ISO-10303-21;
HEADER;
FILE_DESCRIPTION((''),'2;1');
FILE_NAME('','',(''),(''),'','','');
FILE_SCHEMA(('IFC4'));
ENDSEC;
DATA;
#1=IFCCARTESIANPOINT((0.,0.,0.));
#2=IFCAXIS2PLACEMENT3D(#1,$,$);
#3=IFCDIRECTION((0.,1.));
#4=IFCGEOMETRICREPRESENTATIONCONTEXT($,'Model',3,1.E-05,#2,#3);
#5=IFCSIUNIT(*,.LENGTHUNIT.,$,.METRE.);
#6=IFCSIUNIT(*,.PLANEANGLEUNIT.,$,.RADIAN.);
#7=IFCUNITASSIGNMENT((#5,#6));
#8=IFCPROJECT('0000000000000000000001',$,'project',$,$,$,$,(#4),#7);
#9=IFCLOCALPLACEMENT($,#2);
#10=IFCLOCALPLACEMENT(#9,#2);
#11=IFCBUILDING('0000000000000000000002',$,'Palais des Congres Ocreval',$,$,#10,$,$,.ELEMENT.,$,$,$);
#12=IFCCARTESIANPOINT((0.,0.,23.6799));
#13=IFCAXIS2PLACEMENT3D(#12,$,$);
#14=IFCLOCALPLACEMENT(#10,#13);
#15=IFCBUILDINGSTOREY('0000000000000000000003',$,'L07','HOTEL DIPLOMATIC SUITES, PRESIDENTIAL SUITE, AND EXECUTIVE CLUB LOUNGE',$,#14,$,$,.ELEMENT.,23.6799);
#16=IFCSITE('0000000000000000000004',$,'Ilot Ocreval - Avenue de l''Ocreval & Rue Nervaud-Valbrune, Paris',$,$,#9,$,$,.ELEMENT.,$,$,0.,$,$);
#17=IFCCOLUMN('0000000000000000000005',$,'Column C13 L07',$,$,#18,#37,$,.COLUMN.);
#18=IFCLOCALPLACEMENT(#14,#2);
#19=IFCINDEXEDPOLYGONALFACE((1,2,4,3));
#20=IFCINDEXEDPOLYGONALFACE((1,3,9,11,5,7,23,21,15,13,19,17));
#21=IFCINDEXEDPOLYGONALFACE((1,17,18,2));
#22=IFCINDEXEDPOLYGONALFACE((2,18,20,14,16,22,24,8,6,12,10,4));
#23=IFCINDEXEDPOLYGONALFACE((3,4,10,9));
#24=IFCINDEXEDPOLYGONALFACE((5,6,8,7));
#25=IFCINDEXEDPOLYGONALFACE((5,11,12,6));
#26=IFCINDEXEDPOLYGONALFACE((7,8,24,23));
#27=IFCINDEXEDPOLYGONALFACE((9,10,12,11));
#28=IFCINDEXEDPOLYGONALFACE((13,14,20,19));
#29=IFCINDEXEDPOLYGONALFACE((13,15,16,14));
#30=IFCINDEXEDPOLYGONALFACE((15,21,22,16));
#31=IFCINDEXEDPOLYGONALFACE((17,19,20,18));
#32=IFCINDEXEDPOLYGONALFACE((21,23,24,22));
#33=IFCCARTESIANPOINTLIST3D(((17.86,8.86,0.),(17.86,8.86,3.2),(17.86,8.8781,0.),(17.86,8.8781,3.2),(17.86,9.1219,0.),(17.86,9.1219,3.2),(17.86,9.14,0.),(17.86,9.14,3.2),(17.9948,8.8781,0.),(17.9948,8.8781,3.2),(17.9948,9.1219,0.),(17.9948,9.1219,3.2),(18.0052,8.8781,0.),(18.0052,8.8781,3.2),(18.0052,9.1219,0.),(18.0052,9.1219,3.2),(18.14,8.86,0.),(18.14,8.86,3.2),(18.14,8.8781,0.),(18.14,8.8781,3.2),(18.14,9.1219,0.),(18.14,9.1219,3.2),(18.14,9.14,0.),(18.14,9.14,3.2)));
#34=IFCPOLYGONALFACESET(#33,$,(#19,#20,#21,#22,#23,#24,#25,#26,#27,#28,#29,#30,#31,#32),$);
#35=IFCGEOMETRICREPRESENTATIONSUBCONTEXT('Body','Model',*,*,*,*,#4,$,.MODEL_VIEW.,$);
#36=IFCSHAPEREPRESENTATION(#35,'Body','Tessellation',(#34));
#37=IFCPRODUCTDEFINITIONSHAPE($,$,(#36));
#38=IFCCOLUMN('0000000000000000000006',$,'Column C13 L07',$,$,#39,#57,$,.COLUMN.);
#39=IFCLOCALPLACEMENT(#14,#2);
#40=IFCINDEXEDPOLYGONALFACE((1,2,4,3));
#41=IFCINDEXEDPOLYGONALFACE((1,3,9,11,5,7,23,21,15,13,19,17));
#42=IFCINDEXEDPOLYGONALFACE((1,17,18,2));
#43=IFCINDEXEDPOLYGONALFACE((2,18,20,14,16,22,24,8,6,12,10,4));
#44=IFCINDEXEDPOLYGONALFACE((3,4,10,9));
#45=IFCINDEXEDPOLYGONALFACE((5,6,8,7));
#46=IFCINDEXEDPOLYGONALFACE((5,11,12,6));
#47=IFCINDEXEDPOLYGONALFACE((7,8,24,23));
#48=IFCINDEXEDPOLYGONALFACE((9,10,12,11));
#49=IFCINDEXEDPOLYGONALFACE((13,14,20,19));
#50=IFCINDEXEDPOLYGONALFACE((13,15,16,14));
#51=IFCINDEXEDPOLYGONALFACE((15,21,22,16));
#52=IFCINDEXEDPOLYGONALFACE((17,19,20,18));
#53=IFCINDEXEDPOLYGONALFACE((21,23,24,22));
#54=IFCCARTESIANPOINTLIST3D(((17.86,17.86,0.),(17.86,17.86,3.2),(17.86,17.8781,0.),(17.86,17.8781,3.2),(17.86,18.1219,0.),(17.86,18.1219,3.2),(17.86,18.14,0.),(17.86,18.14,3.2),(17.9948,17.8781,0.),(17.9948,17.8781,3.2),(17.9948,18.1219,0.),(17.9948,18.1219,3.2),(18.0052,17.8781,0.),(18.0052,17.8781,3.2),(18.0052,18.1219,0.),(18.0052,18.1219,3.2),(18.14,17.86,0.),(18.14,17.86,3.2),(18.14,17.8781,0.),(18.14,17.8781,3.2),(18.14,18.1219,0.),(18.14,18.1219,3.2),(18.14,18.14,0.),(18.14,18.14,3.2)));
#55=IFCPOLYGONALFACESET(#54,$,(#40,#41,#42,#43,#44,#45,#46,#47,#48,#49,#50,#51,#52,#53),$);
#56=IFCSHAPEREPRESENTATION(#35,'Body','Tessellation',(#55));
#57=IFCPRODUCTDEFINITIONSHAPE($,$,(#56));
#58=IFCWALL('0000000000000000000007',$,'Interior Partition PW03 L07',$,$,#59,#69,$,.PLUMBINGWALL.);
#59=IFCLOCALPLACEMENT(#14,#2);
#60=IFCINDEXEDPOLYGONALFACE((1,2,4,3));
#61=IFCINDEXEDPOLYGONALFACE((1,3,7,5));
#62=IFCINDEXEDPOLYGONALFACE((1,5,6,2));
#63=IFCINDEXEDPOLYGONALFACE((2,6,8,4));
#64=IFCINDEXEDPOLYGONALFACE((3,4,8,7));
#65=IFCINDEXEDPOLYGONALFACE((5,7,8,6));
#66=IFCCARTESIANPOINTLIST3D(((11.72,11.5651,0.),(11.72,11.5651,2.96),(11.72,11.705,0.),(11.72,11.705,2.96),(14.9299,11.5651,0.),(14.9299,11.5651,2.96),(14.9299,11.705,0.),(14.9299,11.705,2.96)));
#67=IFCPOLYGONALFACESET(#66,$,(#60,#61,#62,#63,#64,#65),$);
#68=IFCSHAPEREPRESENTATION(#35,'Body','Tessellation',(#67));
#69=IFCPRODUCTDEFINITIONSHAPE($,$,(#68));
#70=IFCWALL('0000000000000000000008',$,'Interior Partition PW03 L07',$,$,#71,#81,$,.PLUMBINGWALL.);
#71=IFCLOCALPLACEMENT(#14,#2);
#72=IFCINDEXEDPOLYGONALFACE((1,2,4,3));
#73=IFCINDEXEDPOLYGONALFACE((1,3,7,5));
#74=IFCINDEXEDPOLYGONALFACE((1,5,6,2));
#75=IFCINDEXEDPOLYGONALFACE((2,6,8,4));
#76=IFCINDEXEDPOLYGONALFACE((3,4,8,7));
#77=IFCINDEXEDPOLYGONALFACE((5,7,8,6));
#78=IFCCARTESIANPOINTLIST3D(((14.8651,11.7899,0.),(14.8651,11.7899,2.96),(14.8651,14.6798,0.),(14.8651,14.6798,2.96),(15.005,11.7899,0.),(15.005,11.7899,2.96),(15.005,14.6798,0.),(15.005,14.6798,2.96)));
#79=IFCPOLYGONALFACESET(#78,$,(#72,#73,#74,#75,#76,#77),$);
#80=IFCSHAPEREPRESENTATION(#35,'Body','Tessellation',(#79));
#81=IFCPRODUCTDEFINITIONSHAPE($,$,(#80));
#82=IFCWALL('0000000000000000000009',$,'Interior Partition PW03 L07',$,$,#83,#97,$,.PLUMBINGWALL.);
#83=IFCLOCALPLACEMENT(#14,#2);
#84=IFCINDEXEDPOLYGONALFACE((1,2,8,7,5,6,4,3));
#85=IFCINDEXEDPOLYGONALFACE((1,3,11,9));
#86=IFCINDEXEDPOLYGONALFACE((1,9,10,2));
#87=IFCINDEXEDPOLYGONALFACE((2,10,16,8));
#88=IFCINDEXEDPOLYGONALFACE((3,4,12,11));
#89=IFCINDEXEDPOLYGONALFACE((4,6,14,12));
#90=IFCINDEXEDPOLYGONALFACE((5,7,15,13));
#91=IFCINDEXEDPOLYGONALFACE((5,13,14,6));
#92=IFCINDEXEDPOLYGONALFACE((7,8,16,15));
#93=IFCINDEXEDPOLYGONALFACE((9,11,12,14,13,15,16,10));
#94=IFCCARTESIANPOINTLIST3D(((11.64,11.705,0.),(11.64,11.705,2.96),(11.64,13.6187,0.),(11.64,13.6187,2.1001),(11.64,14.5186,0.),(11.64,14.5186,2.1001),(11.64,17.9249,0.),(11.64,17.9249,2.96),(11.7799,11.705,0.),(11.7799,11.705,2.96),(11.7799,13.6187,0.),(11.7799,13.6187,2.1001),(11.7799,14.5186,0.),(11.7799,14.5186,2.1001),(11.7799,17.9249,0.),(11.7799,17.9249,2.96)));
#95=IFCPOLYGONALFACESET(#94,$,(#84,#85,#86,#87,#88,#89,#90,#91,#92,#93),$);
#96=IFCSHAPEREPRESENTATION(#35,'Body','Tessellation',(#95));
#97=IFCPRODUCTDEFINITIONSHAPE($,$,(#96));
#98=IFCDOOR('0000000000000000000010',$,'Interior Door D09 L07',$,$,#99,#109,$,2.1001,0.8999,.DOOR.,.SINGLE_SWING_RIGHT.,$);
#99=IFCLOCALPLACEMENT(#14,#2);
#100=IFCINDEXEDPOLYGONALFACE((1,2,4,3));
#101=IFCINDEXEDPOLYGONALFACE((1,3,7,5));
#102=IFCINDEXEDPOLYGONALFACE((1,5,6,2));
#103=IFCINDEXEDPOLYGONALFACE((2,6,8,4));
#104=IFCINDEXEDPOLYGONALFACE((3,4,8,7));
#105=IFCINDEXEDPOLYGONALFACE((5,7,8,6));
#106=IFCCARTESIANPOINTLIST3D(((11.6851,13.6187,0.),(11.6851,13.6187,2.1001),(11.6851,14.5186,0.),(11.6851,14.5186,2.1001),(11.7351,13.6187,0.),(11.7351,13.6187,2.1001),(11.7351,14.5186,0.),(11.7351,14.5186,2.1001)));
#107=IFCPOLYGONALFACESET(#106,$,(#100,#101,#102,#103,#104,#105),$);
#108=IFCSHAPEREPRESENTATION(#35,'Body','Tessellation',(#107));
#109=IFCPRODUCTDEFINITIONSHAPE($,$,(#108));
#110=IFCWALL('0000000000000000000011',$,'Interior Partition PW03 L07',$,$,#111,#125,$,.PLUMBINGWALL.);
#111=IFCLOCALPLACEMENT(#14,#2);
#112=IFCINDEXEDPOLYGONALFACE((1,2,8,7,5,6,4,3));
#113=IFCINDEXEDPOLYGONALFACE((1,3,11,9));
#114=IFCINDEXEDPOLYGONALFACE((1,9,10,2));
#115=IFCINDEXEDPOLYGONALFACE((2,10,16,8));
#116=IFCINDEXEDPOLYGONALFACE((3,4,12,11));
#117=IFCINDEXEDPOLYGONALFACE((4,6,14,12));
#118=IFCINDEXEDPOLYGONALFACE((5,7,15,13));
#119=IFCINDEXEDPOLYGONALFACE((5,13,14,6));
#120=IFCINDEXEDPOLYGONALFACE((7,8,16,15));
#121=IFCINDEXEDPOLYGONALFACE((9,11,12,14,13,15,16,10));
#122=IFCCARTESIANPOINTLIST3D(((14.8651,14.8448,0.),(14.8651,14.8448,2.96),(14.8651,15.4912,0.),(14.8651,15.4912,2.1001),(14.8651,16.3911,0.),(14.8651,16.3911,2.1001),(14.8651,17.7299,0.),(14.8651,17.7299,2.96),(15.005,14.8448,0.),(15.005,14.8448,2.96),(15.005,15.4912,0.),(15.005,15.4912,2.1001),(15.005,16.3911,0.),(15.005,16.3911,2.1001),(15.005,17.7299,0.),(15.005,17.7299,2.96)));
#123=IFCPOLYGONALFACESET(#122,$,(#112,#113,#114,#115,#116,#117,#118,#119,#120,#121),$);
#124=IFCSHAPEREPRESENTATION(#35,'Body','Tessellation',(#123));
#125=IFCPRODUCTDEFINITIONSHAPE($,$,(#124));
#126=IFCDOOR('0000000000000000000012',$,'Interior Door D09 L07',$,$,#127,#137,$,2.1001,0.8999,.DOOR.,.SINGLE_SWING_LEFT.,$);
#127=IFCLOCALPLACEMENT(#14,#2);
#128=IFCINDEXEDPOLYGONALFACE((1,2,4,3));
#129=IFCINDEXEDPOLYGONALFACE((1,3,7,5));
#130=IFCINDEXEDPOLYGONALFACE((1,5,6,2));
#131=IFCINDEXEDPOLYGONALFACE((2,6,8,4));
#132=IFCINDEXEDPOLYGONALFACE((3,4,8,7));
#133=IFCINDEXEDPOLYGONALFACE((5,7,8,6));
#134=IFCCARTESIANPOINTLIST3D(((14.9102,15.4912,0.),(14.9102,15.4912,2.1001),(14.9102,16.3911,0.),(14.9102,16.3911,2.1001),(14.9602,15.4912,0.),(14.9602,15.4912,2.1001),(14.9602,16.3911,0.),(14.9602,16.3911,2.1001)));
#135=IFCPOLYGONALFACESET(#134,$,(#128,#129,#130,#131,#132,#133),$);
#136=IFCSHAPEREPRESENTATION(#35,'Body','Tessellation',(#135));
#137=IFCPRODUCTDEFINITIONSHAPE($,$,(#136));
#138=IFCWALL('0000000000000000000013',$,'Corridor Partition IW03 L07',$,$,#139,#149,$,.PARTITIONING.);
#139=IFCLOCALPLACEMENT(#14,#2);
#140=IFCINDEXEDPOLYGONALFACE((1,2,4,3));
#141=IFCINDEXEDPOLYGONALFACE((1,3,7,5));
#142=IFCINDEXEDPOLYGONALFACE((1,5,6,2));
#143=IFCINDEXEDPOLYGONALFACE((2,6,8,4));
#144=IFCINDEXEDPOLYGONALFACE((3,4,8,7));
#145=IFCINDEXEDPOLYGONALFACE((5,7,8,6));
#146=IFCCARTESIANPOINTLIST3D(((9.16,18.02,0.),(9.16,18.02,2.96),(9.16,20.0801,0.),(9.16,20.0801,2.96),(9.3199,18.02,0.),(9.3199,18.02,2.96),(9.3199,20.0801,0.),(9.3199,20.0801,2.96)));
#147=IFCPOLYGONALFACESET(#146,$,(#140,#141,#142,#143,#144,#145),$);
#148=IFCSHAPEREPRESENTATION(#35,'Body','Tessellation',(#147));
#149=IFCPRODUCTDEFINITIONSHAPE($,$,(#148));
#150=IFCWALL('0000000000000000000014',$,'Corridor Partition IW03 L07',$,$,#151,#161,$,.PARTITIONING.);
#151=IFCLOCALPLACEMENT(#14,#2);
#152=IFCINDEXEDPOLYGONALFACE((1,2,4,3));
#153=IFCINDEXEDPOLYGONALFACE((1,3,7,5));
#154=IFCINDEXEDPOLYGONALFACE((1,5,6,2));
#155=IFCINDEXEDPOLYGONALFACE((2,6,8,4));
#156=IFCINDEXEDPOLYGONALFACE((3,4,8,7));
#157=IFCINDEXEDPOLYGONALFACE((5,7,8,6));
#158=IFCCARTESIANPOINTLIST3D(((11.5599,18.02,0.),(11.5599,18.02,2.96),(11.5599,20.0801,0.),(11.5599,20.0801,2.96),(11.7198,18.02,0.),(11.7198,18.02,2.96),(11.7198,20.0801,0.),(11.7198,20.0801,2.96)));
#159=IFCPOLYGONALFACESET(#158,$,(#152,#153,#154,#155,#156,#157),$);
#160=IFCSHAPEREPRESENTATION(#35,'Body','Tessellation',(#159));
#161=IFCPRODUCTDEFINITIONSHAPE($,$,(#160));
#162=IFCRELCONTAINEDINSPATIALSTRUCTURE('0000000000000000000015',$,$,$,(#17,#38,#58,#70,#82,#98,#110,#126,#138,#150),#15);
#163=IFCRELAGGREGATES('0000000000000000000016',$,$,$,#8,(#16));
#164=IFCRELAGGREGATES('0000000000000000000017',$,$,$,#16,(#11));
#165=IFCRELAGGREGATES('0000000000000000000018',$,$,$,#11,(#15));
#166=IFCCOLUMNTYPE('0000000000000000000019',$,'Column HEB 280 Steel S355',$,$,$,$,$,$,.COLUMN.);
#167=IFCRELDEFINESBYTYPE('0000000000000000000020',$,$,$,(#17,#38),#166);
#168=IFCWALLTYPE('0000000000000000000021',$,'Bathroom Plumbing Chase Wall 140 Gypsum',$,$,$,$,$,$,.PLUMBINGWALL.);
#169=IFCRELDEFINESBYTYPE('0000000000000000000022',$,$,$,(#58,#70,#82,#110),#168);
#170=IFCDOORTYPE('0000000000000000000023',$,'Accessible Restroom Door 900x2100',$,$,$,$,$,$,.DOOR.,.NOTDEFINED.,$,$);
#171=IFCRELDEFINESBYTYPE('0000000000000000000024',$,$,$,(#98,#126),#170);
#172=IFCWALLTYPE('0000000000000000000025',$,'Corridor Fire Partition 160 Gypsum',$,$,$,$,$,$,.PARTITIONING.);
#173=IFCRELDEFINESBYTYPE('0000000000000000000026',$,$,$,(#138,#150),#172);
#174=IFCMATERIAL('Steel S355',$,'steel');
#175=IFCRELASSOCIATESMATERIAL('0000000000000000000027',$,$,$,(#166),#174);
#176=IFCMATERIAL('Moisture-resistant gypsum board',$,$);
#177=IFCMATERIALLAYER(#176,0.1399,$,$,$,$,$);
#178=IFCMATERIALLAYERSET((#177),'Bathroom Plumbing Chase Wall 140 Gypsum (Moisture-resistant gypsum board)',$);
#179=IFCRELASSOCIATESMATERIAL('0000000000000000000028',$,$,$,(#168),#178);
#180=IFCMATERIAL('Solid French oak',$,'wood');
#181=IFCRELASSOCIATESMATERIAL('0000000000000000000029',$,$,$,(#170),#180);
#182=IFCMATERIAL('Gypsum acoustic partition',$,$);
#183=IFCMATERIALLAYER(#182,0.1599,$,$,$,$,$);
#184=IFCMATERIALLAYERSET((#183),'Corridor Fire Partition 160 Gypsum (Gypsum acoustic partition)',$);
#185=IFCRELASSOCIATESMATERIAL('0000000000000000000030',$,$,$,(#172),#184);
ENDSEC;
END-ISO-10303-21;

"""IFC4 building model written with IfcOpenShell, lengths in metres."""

from ifc_helpers import new_model, si_unit, direction, frame, frame_2d, origin, origin_2d, place, context, subcontext, project, spatial, rectangle, i_section, extrude, material, layer, layer_set, material_profile, profile_set, type_object, element, fill, save


model = new_model("IFC4")

# Units and contexts
model_context = context("Model", 3, precision=1e-05, world=origin(), true_north=direction((0.0, 1.0)))
body_context = subcontext(model_context, "Body", "Model", "MODEL_VIEW")
ifc_project = project(units=[si_unit("LENGTHUNIT", "METRE"), si_unit("PLANEANGLEUNIT", "RADIAN")], contexts=[model_context])

# Site, building, storey
site_placement = place(None, origin())
site = spatial("IfcSite", under=ifc_project, at=site_placement, Name="Ilot Ocreval - Avenue de l'Ocreval & Rue Nervaud-Valbrune, Paris", CompositionType="ELEMENT", RefElevation=0.0)
building_placement = place(site_placement, origin())
building = spatial("IfcBuilding", under=site, at=building_placement, Name="Palais des Congres Ocreval", CompositionType="ELEMENT")
storey_placement = place(building_placement, frame((0.0, 0.0, 23.6799)))
storey = spatial("IfcBuildingStorey", under=building, at=storey_placement, Name="L07", Description="HOTEL DIPLOMATIC SUITES, PRESIDENTIAL SUITE, AND EXECUTIVE CLUB LOUNGE", CompositionType="ELEMENT", Elevation=23.6799)

# Columns
ifc_material_1 = material(Name="Steel S355", Category="steel")
ifc_material_profile = material_profile(ifc_material_1, i_section(OverallWidth=0.28, OverallDepth=0.28, WebThickness=0.0105, FlangeThickness=0.0181, at=origin_2d()), Name="HEB 280")
ifc_profile_set = profile_set([ifc_material_profile], Name="Steel S355")
column_type = type_object("IfcColumnType", Name="Column HEB 280 Steel S355", PredefinedType="COLUMN", material=ifc_profile_set)
for number, where, z_axis, x_axis, name in (
    (1, (18.0, 9.0, 0.0), (0.0, 0.0, 1.0), (1.0, 0.0, 0.0), "Column C13 L07"),
    (2, (18.0, 18.0, 0.0), (0.0, 0.0, 1.0), (1.0, 0.0, 0.0), "Column C13 L07"),
):
    element("IfcColumn", number, at=place(storey_placement, frame(where, z_axis=z_axis, x_axis=x_axis)), inside=storey, type_object=column_type, Name=name, PredefinedType="COLUMN", context=body_context, shape_type="SweptSolid", body=[
        extrude(i_section(OverallWidth=0.28, OverallDepth=0.28, WebThickness=0.0105, FlangeThickness=0.0181, at=origin_2d()), origin(), (0.0, 0.0, 1.0), 3.2),
    ])

# Walls
ifc_material_2 = material(Name="Moisture-resistant gypsum board")
ifc_layer_1 = layer(ifc_material_2, 0.1399)
ifc_layer_set_1 = layer_set([ifc_layer_1], Name="Bathroom Plumbing Chase Wall 140 Gypsum (Moisture-resistant gypsum board)")
wall_type_1 = type_object("IfcWallType", Name="Bathroom Plumbing Chase Wall 140 Gypsum", PredefinedType="PLUMBINGWALL", material=ifc_layer_set_1)
wall_1_placement = place(storey_placement, frame((11.72, 11.635, 0.0), z_axis=(0.0, 0.0, 1.0), x_axis=(1.0, 0.0, 0.0)))
element("IfcWall", 3, at=wall_1_placement, inside=storey, type_object=wall_type_1, Name="Interior Partition PW03 L07", PredefinedType="PLUMBINGWALL", context=body_context, shape_type="SweptSolid", body=[
    extrude(rectangle(XDim=3.21, YDim=0.1399, at=frame_2d((1.605, 0.0))), origin(), (0.0, 0.0, 1.0), 2.96),
])
wall_2_placement = place(storey_placement, frame((14.9351, 11.79, 0.0), z_axis=(0.0, 0.0, 1.0), x_axis=(0.0, 1.0, 0.0)))
element("IfcWall", 4, at=wall_2_placement, inside=storey, type_object=wall_type_1, Name="Interior Partition PW03 L07", PredefinedType="PLUMBINGWALL", context=body_context, shape_type="SweptSolid", body=[
    extrude(rectangle(XDim=2.8899, YDim=0.1399, at=frame_2d((1.4448, 0.0))), origin(), (0.0, 0.0, 1.0), 2.96),
])

# Walls, openings, doors
wall_3_placement = place(storey_placement, frame((11.71, 11.7051, 0.0), z_axis=(0.0, 0.0, 1.0), x_axis=(0.0, 1.0, 0.0)))
wall_3 = element("IfcWall", 5, at=wall_3_placement, inside=storey, type_object=wall_type_1, Name="Interior Partition PW03 L07", PredefinedType="PLUMBINGWALL", context=body_context, shape_type="SweptSolid", body=[
    extrude(rectangle(XDim=6.22, YDim=0.1399, at=frame_2d((3.1099, 0.0))), origin(), (0.0, 0.0, 1.0), 2.96),
])
opening_1_placement = place(wall_3_placement, frame((1.9136, 0.0, 0.0)))
opening_1 = element("IfcOpeningElement", 6, at=opening_1_placement, cuts=wall_3, PredefinedType="OPENING", context=body_context, shape_type="SweptSolid", body=[
    extrude(rectangle(XDim=0.8999, YDim=2.1001, at=frame_2d((0.45, 1.05))), frame((0.0, 0.0798, 0.0), z_axis=(0.0, -1.0, 0.0), x_axis=(1.0, 0.0, 0.0)), (0.0, 0.0, 1.0), 0.1599),
])
ifc_material_3 = material(Name="Solid French oak", Category="wood")
door_type_1 = type_object("IfcDoorType", Name="Accessible Restroom Door 900x2100", OperationType="NOTDEFINED", PredefinedType="DOOR", material=ifc_material_3)
door_1_placement = place(opening_1_placement, origin())
door_1 = element("IfcDoor", 7, at=door_1_placement, inside=storey, type_object=door_type_1, Name="Interior Door D09 L07", OperationType="SINGLE_SWING_RIGHT", OverallHeight=2.1001, OverallWidth=0.8999, PredefinedType="DOOR", context=body_context, shape_type="SweptSolid", body=[
    extrude(rectangle(XDim=0.8999, YDim=2.1001, at=frame_2d((0.45, 1.05))), frame((0.0, 0.0249, 0.0), z_axis=(0.0, -1.0, 0.0), x_axis=(1.0, 0.0, 0.0)), (0.0, 0.0, 1.0), 0.05),
])
fill(opening_1, door_1)
wall_4_placement = place(storey_placement, frame((14.9351, 14.845, 0.0), z_axis=(0.0, 0.0, 1.0), x_axis=(0.0, 1.0, 0.0)))
wall_4 = element("IfcWall", 8, at=wall_4_placement, inside=storey, type_object=wall_type_1, Name="Interior Partition PW03 L07", PredefinedType="PLUMBINGWALL", context=body_context, shape_type="SweptSolid", body=[
    extrude(rectangle(XDim=2.885, YDim=0.1399, at=frame_2d((1.4424, 0.0))), origin(), (0.0, 0.0, 1.0), 2.96),
])
opening_2_placement = place(wall_4_placement, frame((0.6462, 0.0, 0.0)))
opening_2 = element("IfcOpeningElement", 9, at=opening_2_placement, cuts=wall_4, PredefinedType="OPENING", context=body_context, shape_type="SweptSolid", body=[
    extrude(rectangle(XDim=0.8999, YDim=2.1001, at=frame_2d((0.45, 1.05))), frame((0.0, 0.0798, 0.0), z_axis=(0.0, -1.0, 0.0), x_axis=(1.0, 0.0, 0.0)), (0.0, 0.0, 1.0), 0.1599),
])
door_2_placement = place(opening_2_placement, origin())
door_2 = element("IfcDoor", 10, at=door_2_placement, inside=storey, type_object=door_type_1, Name="Interior Door D09 L07", OperationType="SINGLE_SWING_LEFT", OverallHeight=2.1001, OverallWidth=0.8999, PredefinedType="DOOR", context=body_context, shape_type="SweptSolid", body=[
    extrude(rectangle(XDim=0.8999, YDim=2.1001, at=frame_2d((0.45, 1.05))), frame((0.0, 0.0249, 0.0), z_axis=(0.0, -1.0, 0.0), x_axis=(1.0, 0.0, 0.0)), (0.0, 0.0, 1.0), 0.05),
])
fill(opening_2, door_2)

# Walls
ifc_material_4 = material(Name="Gypsum acoustic partition")
ifc_layer_2 = layer(ifc_material_4, 0.1599)
ifc_layer_set_2 = layer_set([ifc_layer_2], Name="Corridor Fire Partition 160 Gypsum (Gypsum acoustic partition)")
wall_type_2 = type_object("IfcWallType", Name="Corridor Fire Partition 160 Gypsum", PredefinedType="PARTITIONING", material=ifc_layer_set_2)
for number, where, z_axis, x_axis, name in (
    (11, (9.24, 18.02, 0.0), (0.0, 0.0, 1.0), (0.0, 1.0, 0.0), "Corridor Partition IW03 L07"),
    (12, (11.6399, 18.02, 0.0), (0.0, 0.0, 1.0), (0.0, 1.0, 0.0), "Corridor Partition IW03 L07"),
):
    element("IfcWall", number, at=place(storey_placement, frame(where, z_axis=z_axis, x_axis=x_axis)), inside=storey, type_object=wall_type_2, Name=name, PredefinedType="PARTITIONING", context=body_context, shape_type="SweptSolid", body=[
        extrude(rectangle(XDim=2.0601, YDim=0.1599, at=frame_2d((1.03, 0.0))), origin(), (0.0, 0.0, 1.0), 2.96),
    ])

save(model, "model.ifc")
